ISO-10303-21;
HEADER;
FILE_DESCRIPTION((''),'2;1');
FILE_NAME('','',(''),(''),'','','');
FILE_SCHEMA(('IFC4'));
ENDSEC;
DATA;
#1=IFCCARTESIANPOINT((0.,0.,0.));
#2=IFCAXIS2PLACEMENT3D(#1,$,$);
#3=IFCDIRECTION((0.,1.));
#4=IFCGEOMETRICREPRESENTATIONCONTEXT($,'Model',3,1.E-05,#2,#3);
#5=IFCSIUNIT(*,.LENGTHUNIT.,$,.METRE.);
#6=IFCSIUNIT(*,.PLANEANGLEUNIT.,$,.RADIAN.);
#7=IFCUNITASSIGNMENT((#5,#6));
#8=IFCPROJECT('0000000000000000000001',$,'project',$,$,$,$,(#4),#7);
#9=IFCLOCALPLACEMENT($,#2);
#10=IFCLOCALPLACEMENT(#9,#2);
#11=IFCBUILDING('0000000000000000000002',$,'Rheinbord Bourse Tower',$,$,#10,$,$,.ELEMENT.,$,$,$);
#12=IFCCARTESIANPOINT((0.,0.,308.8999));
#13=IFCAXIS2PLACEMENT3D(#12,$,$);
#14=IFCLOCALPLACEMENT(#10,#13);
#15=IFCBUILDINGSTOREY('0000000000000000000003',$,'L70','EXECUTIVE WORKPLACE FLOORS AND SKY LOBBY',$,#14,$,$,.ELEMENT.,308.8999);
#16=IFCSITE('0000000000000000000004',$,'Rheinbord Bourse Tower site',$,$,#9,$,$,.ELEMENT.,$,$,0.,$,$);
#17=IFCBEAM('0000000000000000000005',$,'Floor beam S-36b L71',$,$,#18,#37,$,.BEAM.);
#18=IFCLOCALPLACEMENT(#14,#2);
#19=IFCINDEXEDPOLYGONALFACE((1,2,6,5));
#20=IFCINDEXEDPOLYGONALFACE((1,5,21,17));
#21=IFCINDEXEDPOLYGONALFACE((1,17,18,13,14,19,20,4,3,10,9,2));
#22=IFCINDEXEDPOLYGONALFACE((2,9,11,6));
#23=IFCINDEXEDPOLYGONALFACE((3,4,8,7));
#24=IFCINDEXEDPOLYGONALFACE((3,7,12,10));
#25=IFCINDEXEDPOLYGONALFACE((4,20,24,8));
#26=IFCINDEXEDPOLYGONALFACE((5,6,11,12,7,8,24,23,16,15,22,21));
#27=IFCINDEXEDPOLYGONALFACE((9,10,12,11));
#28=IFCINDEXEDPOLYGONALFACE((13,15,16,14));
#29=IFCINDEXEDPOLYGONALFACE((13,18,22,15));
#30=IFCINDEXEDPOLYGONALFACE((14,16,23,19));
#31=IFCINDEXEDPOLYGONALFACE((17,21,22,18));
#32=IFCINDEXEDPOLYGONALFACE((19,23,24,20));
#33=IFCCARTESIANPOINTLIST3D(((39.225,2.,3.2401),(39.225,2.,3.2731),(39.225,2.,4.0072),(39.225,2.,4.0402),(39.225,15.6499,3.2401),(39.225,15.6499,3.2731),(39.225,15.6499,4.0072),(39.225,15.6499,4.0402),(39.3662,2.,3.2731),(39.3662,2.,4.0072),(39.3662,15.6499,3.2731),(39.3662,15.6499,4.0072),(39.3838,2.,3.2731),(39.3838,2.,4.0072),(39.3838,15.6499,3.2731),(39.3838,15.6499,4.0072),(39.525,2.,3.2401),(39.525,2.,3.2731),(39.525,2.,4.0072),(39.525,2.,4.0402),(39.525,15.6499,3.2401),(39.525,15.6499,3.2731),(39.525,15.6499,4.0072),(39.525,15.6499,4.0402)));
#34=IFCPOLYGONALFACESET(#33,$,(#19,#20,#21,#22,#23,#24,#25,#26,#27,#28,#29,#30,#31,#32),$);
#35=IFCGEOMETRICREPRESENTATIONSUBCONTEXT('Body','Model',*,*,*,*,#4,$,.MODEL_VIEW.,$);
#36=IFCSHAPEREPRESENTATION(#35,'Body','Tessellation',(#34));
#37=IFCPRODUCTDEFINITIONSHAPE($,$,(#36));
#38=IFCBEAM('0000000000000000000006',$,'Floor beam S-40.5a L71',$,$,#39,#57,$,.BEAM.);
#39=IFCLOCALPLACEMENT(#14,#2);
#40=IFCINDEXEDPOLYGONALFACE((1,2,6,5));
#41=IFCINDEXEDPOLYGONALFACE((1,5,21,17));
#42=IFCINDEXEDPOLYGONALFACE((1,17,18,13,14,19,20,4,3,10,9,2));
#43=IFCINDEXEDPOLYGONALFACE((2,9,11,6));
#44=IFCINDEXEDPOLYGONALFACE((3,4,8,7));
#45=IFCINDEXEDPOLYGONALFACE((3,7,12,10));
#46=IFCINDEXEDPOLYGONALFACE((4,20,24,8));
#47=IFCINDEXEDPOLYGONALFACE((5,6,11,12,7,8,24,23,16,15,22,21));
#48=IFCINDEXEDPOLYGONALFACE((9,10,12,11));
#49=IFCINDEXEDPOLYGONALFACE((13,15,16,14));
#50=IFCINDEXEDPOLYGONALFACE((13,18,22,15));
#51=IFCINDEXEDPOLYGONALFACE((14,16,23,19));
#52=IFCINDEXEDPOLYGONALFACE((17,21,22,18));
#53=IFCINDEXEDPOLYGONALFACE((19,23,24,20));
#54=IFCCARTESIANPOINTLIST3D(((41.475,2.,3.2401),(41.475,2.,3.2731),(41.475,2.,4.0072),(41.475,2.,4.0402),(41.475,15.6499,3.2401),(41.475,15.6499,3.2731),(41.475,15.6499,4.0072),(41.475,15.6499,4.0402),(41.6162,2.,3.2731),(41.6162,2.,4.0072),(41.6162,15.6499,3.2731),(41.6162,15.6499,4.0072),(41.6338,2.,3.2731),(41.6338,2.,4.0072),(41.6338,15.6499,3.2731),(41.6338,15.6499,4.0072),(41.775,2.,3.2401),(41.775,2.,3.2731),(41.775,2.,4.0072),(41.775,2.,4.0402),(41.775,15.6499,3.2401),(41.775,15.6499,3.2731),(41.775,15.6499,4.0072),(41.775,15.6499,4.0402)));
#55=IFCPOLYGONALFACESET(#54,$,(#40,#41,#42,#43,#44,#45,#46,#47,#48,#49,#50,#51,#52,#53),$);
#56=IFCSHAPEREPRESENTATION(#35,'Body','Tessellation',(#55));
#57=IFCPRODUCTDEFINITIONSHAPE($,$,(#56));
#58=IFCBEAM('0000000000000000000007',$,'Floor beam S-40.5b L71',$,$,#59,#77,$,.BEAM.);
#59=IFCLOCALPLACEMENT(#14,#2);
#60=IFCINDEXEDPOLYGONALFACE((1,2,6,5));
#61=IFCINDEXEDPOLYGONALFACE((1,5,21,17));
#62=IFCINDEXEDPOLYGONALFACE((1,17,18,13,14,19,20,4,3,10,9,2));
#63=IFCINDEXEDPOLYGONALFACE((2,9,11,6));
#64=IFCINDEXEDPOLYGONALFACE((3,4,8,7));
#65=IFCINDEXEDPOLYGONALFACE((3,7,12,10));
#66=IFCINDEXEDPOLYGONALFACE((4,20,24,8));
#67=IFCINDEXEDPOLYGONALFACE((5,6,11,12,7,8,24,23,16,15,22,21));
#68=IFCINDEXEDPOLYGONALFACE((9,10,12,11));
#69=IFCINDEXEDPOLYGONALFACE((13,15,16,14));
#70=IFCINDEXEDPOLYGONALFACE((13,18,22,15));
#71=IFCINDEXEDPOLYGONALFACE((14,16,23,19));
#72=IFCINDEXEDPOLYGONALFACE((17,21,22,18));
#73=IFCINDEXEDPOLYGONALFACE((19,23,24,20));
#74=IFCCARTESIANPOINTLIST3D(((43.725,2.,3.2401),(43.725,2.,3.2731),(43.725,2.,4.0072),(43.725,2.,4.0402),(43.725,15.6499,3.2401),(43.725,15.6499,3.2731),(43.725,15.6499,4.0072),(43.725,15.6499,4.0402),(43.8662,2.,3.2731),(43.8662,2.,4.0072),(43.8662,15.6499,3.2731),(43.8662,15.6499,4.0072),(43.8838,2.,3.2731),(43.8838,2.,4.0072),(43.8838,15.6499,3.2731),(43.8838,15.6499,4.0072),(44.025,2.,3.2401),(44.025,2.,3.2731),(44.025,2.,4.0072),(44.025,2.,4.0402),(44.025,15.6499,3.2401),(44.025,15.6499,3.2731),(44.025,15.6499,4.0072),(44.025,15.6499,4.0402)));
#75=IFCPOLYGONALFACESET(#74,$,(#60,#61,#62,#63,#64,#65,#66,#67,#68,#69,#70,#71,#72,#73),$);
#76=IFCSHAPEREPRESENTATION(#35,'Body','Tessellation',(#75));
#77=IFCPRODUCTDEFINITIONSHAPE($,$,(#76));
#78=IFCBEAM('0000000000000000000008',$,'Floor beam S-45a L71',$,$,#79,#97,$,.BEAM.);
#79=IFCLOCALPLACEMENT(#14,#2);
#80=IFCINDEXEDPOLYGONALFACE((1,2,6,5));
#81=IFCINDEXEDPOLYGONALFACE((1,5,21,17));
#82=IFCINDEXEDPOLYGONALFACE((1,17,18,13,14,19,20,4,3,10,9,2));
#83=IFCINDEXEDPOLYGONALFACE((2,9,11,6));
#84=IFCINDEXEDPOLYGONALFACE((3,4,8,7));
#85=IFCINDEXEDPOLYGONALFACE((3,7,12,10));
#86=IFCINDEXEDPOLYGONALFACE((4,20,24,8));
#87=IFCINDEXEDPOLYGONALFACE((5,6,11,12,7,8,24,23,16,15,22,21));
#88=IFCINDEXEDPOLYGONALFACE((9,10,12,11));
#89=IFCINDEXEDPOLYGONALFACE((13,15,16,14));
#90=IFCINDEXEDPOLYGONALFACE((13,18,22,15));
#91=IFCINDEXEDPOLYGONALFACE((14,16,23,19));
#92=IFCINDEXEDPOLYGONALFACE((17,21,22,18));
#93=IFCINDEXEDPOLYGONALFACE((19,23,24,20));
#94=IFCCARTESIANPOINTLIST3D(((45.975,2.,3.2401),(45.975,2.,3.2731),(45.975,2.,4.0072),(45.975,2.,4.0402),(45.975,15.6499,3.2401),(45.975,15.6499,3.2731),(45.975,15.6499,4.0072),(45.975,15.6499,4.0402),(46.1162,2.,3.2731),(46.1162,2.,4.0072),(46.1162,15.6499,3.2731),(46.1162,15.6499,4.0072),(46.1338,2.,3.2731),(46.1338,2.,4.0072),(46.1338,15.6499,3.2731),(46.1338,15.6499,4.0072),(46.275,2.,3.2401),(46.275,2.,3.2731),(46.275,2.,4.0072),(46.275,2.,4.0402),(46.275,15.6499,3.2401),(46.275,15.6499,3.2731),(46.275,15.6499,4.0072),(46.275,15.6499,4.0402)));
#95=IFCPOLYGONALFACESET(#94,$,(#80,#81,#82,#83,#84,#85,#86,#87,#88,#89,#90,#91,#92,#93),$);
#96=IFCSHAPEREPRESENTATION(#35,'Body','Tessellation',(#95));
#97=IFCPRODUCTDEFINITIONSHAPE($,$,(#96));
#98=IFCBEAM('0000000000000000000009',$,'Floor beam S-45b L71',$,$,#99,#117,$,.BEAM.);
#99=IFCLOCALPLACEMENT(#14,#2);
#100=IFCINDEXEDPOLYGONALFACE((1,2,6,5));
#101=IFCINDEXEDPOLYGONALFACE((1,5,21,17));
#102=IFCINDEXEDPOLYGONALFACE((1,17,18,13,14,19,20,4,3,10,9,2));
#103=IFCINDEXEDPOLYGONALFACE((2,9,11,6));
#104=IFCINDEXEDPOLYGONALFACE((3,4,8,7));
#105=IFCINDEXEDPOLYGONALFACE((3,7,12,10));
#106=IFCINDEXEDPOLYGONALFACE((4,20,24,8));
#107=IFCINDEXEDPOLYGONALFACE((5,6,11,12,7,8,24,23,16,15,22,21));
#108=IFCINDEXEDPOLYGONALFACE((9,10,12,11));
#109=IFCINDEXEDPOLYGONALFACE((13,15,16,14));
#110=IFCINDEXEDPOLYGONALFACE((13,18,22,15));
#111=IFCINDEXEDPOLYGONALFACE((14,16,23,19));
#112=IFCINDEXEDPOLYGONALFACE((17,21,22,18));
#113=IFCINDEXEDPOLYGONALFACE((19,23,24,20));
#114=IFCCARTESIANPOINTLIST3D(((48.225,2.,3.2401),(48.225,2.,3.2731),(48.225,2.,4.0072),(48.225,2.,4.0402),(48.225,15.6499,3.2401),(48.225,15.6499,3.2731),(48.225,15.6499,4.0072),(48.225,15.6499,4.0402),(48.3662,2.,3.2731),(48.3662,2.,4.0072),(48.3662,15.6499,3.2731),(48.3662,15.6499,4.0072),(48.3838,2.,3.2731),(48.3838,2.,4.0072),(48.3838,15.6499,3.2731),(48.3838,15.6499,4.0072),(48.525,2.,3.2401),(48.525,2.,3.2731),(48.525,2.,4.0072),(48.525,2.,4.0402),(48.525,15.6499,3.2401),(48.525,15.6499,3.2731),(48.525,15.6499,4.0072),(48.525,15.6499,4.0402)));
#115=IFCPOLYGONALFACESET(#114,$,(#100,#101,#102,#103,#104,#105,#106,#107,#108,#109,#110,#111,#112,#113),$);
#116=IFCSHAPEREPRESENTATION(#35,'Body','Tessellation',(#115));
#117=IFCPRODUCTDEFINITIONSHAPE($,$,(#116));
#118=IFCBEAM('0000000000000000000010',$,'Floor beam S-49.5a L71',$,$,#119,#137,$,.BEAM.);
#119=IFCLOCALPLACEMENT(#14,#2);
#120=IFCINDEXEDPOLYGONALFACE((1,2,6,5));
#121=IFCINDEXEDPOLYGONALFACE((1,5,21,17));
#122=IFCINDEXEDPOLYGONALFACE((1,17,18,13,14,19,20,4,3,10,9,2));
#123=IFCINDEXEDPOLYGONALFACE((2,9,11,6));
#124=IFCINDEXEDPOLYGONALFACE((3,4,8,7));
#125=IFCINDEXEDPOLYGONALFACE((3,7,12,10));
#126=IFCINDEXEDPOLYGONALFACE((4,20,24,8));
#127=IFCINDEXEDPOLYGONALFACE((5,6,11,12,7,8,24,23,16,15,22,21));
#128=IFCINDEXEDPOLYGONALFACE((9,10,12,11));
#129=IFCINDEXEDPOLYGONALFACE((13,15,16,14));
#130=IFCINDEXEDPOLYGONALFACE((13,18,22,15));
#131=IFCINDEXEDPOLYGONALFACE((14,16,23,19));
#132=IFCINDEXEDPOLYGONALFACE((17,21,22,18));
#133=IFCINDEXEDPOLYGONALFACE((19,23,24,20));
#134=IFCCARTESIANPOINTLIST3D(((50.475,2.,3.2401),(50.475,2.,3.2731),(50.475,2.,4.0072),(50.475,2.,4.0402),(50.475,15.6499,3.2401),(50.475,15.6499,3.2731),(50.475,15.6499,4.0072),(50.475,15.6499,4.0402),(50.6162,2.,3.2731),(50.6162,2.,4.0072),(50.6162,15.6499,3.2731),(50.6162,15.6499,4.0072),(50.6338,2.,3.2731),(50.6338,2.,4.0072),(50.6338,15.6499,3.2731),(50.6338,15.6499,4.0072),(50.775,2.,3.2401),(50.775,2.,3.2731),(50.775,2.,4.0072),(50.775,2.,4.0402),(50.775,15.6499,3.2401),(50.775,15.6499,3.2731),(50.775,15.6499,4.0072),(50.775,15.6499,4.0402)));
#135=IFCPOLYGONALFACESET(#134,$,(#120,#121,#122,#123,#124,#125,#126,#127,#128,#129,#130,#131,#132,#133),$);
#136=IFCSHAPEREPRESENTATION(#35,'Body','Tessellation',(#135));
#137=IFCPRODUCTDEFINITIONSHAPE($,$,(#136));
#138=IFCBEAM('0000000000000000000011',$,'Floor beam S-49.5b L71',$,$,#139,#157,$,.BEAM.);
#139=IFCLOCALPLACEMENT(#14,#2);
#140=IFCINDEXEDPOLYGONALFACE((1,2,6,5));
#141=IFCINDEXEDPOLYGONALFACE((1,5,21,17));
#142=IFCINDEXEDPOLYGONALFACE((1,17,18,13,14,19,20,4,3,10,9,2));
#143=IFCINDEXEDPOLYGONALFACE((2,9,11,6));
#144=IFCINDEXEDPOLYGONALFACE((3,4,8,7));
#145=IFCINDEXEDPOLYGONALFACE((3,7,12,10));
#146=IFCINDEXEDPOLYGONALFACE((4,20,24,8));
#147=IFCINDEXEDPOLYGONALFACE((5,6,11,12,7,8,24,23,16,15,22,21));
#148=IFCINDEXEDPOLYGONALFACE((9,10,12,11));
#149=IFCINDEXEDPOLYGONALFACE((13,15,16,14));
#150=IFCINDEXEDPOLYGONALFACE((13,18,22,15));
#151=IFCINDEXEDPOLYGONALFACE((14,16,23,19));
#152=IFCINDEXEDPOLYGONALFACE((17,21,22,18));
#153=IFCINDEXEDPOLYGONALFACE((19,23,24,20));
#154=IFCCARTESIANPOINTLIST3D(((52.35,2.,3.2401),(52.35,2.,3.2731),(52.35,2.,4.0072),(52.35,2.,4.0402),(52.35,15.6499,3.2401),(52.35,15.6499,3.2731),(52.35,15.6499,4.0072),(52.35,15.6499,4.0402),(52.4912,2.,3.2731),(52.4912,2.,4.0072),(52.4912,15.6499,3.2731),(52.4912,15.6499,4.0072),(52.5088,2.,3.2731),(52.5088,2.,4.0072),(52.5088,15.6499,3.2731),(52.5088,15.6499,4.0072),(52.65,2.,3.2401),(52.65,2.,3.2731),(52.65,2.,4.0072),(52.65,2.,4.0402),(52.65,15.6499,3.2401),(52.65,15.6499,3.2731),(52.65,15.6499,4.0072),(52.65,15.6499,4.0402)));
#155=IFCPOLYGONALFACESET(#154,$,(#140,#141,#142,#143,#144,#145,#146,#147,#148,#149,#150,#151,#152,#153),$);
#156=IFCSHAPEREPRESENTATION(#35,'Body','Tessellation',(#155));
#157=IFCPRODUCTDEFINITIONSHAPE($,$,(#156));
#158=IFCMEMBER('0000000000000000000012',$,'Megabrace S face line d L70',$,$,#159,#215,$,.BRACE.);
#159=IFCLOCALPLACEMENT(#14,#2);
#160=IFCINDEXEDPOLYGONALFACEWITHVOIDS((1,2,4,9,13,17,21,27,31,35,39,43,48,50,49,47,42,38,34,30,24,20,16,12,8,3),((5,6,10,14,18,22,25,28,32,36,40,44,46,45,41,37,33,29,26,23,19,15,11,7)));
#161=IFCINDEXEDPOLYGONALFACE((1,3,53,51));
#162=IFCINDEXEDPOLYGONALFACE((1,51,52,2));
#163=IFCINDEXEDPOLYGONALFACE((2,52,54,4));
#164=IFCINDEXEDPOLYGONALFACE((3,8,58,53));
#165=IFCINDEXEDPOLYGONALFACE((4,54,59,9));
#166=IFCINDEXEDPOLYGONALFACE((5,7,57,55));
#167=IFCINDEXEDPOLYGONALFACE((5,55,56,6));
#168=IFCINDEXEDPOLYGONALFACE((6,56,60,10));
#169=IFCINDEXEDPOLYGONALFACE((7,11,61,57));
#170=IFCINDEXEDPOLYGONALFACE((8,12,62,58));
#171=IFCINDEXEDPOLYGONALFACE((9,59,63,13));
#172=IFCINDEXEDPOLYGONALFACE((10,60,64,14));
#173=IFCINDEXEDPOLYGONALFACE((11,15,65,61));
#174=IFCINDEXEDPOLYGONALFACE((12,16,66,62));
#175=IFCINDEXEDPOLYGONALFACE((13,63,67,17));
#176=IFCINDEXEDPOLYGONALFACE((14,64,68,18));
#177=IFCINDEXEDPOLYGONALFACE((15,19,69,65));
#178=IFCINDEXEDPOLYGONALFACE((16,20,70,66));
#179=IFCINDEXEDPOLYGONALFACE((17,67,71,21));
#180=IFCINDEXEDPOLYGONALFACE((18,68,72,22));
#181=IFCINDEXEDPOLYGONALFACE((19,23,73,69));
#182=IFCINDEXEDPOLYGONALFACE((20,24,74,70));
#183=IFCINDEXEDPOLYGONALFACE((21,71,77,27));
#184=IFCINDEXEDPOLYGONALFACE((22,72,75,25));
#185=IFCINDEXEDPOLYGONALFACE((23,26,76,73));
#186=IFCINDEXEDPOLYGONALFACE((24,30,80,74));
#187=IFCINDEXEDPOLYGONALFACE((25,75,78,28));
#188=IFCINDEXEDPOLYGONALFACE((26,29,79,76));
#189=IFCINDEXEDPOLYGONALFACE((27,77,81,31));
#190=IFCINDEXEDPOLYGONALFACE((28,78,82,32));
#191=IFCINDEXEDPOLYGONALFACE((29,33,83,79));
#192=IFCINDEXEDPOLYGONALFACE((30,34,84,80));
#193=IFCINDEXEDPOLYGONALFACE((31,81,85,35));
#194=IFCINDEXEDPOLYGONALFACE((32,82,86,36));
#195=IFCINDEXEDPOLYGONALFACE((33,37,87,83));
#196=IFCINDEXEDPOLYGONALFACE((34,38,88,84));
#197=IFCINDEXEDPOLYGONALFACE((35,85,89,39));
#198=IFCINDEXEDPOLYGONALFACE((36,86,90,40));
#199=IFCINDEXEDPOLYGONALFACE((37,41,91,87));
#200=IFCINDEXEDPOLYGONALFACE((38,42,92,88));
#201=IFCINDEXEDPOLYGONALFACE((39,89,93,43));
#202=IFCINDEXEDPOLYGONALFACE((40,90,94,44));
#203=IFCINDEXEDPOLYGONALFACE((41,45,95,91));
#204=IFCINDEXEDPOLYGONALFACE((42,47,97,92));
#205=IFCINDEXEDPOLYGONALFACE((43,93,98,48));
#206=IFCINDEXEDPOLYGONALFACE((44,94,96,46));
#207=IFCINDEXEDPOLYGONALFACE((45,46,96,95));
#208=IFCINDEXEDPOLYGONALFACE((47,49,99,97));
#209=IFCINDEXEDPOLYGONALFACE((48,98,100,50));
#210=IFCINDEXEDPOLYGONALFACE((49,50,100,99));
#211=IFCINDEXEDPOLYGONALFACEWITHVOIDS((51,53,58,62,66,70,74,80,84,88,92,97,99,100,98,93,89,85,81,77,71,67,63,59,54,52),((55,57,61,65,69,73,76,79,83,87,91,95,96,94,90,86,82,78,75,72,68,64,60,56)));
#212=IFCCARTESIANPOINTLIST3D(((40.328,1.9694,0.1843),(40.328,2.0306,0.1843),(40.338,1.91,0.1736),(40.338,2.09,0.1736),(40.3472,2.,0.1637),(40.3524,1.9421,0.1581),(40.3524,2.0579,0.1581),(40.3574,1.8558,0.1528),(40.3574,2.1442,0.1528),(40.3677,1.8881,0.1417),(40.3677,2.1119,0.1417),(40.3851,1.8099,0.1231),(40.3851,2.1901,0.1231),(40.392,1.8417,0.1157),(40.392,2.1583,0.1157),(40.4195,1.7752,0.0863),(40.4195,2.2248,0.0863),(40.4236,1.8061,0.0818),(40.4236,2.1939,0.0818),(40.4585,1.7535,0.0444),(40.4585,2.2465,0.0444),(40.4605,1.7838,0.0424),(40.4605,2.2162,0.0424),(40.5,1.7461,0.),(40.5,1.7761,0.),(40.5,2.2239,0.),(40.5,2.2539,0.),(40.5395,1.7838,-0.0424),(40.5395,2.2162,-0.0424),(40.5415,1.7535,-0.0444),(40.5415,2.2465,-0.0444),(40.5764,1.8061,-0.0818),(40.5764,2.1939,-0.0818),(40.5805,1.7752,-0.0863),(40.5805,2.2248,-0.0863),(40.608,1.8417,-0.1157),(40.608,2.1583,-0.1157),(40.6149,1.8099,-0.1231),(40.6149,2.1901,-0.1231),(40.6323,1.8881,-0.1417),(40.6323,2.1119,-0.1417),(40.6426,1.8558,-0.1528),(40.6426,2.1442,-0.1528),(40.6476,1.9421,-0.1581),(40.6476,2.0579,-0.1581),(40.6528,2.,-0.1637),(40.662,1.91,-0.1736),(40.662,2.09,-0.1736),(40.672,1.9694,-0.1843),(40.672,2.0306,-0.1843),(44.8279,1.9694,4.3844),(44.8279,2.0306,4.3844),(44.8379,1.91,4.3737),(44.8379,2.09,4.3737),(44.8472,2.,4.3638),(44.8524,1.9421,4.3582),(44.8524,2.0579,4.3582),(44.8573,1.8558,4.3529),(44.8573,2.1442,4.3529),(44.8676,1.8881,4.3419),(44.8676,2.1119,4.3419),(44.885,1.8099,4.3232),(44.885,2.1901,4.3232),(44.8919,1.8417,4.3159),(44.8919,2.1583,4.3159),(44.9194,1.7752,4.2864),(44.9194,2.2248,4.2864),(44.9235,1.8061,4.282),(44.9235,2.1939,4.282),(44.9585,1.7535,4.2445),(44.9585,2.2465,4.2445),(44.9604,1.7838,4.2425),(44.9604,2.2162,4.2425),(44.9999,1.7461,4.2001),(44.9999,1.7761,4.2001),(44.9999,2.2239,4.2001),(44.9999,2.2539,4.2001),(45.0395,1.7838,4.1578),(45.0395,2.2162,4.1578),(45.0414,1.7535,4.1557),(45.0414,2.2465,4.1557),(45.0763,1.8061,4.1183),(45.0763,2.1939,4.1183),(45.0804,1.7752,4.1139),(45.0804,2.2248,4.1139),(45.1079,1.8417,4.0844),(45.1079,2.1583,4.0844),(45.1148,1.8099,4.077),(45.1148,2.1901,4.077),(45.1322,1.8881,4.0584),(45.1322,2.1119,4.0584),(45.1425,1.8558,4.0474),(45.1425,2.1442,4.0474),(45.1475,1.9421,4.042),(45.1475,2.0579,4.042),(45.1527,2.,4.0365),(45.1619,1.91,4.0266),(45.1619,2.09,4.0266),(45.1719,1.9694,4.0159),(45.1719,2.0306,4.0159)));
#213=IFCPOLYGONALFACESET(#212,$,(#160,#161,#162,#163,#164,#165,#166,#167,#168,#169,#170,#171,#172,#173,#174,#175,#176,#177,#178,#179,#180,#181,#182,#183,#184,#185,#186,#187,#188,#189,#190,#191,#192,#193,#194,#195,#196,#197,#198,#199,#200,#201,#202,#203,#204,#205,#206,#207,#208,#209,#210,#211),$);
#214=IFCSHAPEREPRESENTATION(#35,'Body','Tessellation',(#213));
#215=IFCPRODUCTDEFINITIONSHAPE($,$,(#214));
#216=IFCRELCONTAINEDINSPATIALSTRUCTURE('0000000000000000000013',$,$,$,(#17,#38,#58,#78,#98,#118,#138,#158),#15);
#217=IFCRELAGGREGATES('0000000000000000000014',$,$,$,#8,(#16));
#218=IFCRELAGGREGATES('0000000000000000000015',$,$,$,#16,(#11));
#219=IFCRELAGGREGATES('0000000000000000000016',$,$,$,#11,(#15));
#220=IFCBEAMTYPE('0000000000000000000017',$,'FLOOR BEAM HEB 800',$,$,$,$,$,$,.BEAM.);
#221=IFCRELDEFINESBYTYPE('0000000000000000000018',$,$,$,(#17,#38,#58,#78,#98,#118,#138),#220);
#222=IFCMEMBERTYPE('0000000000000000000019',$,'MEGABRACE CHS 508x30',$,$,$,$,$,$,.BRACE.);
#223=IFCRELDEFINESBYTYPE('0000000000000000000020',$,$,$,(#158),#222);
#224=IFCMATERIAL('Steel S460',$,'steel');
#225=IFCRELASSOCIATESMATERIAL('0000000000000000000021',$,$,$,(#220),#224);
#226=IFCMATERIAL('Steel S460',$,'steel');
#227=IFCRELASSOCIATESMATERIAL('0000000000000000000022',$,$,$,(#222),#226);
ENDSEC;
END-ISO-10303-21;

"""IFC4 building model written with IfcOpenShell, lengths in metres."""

from ifc_helpers import new_model, si_unit, direction, frame, origin, origin_2d, place, context, subcontext, project, spatial, hollow_circle, i_section, extrude, material, material_profile, profile_set, type_object, element, save


model = new_model("IFC4")

# Units and contexts
model_context = context("Model", 3, precision=1e-05, world=origin(), true_north=direction((0.0, 1.0)))
body_context = subcontext(model_context, "Body", "Model", "MODEL_VIEW")
ifc_project = project(units=[si_unit("LENGTHUNIT", "METRE"), si_unit("PLANEANGLEUNIT", "RADIAN")], contexts=[model_context])

# Site, building, storey
site_placement = place(None, origin())
site = spatial("IfcSite", under=ifc_project, at=site_placement, Name="Rheinbord Bourse Tower site", CompositionType="ELEMENT", RefElevation=0.0)
building_placement = place(site_placement, origin())
building = spatial("IfcBuilding", under=site, at=building_placement, Name="Rheinbord Bourse Tower", CompositionType="ELEMENT")
storey_placement = place(building_placement, frame((0.0, 0.0, 308.8999)))
storey = spatial("IfcBuildingStorey", under=building, at=storey_placement, Name="L70", Description="EXECUTIVE WORKPLACE FLOORS AND SKY LOBBY", CompositionType="ELEMENT", Elevation=308.8999)

# Beams
ifc_material_1 = material(Name="Steel S460", Category="steel")
ifc_material_profile_1 = material_profile(ifc_material_1, i_section(OverallWidth=0.3, OverallDepth=0.8, WebThickness=0.0176, FlangeThickness=0.033, at=origin_2d()), Name="HEB 800")
ifc_profile_set_1 = profile_set([ifc_material_profile_1], Name="Steel S460")
beam_type_1 = type_object("IfcBeamType", Name="FLOOR BEAM HEB 800", PredefinedType="BEAM", material=ifc_profile_set_1)
for number, where, z_axis, x_axis, name in (
    (1, (39.375, 2.0, 3.6401), (0.0, 1.0, 0.0), (-1.0, 0.0, 0.0), "Floor beam S-36b L71"),
    (2, (41.625, 2.0, 3.6401), (0.0, 1.0, 0.0), (-1.0, 0.0, 0.0), "Floor beam S-40.5a L71"),
    (3, (43.875, 2.0, 3.6401), (0.0, 1.0, 0.0), (-1.0, 0.0, 0.0), "Floor beam S-40.5b L71"),
    (4, (46.125, 2.0, 3.6401), (0.0, 1.0, 0.0), (-1.0, 0.0, 0.0), "Floor beam S-45a L71"),
    (5, (48.375, 2.0, 3.6401), (0.0, 1.0, 0.0), (-1.0, 0.0, 0.0), "Floor beam S-45b L71"),
    (6, (50.625, 2.0, 3.6401), (0.0, 1.0, 0.0), (-1.0, 0.0, 0.0), "Floor beam S-49.5a L71"),
    (7, (52.5, 2.0, 3.6401), (0.0, 1.0, 0.0), (-1.0, 0.0, 0.0), "Floor beam S-49.5b L71"),
):
    element("IfcBeam", number, at=place(storey_placement, frame(where, z_axis=z_axis, x_axis=x_axis)), inside=storey, type_object=beam_type_1, Name=name, PredefinedType="BEAM", context=body_context, shape_type="SweptSolid", body=[
        extrude(i_section(OverallWidth=0.3, OverallDepth=0.8, WebThickness=0.0176, FlangeThickness=0.033, at=origin_2d()), origin(), (0.0, 0.0, 1.0), 13.6499),
    ])

# Member
ifc_material_2 = material(Name="Steel S460", Category="steel")
ifc_material_profile_2 = material_profile(ifc_material_2, hollow_circle(Radius=0.2539, WallThickness=0.03, at=origin_2d()), Name="CHS 508x30")
ifc_profile_set_2 = profile_set([ifc_material_profile_2], Name="Steel S460")
member_type_1 = type_object("IfcMemberType", Name="MEGABRACE CHS 508x30", PredefinedType="BRACE", material=ifc_profile_set_2)
member_1_placement = place(storey_placement, frame((40.5, 2.0, 0.0), z_axis=(0.731039, 0.0, 0.682335), x_axis=(0.0, 1.0, 0.0)))
element("IfcMember", 8, at=member_1_placement, inside=storey, type_object=member_type_1, Name="Megabrace S face line d L70", PredefinedType="BRACE", context=body_context, shape_type="SweptSolid", body=[
    extrude(hollow_circle(Radius=0.2539, WallThickness=0.03, at=origin_2d()), origin(), (0.0, 0.0, 1.0), 6.1555),
])

save(model, "model.ifc")
